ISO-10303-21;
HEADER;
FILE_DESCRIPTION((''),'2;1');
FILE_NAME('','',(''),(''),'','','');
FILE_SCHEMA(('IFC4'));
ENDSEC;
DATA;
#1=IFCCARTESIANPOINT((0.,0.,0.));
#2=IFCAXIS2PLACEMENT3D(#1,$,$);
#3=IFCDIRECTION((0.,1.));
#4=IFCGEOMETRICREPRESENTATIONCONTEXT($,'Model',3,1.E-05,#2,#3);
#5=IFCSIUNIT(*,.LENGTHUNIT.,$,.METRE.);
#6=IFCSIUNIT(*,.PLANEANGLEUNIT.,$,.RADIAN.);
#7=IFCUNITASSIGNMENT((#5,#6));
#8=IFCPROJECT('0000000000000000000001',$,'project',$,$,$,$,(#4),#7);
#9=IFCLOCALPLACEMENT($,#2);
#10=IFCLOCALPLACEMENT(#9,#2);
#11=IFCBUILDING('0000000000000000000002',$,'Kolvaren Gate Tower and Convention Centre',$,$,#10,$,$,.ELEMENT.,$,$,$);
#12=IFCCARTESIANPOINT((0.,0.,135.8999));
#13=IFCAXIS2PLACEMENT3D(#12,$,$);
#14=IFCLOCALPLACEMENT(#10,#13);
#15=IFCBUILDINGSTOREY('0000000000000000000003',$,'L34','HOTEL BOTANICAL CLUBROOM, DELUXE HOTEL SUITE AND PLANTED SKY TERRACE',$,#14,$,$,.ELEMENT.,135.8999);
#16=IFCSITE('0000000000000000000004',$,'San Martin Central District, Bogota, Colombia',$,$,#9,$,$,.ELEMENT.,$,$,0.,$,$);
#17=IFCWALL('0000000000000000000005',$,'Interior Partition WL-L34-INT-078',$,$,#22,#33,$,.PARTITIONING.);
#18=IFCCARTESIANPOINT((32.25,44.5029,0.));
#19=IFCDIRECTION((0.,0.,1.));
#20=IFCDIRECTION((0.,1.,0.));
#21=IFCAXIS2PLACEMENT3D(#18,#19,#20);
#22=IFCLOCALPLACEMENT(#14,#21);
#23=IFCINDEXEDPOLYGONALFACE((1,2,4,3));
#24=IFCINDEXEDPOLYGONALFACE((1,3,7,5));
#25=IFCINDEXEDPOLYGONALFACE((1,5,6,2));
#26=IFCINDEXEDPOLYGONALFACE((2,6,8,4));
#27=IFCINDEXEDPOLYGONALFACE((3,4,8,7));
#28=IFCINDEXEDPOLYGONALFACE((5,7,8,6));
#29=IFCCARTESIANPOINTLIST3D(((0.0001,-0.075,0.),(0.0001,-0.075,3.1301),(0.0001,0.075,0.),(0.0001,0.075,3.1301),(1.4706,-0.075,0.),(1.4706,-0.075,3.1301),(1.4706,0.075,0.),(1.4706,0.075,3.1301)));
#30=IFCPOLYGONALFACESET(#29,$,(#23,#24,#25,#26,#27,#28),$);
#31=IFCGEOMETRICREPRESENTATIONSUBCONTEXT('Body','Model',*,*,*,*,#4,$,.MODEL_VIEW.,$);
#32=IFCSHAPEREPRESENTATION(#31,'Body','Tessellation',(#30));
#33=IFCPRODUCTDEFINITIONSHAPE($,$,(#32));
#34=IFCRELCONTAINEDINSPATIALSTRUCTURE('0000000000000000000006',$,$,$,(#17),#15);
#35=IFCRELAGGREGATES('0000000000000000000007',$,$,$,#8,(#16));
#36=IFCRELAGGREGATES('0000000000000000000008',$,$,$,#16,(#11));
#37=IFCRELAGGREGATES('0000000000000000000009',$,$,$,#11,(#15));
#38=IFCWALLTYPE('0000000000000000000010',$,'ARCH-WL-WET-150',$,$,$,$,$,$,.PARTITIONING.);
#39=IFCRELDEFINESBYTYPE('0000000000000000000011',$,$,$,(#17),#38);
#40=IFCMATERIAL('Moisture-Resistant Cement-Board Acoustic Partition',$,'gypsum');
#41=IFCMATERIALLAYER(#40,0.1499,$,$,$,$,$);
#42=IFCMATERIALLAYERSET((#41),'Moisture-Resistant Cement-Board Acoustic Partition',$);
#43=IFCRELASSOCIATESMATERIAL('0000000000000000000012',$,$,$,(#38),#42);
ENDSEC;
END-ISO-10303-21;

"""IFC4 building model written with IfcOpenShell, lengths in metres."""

from ifc_helpers import new_model, si_unit, direction, frame, frame_2d, origin, place, context, subcontext, project, spatial, rectangle, extrude, material, layer, layer_set, type_object, element, save


model = new_model("IFC4")

# Units and contexts
model_context = context("Model", 3, precision=1e-05, world=origin(), true_north=direction((0.0, 1.0)))
body_context = subcontext(model_context, "Body", "Model", "MODEL_VIEW")
ifc_project = project(units=[si_unit("LENGTHUNIT", "METRE"), si_unit("PLANEANGLEUNIT", "RADIAN")], contexts=[model_context])

# Site, building, storey
site_placement = place(None, origin())
site = spatial("IfcSite", under=ifc_project, at=site_placement, Name="San Martin Central District, Bogota, Colombia", CompositionType="ELEMENT", RefElevation=0.0)
building_placement = place(site_placement, origin())
building = spatial("IfcBuilding", under=site, at=building_placement, Name="Kolvaren Gate Tower and Convention Centre", CompositionType="ELEMENT")
storey_placement = place(building_placement, frame((0.0, 0.0, 135.8999)))
storey = spatial("IfcBuildingStorey", under=building, at=storey_placement, Name="L34", Description="HOTEL BOTANICAL CLUBROOM, DELUXE HOTEL SUITE AND PLANTED SKY TERRACE", CompositionType="ELEMENT", Elevation=135.8999)

# Shared definitions
ifc_material_1 = material(Name="Moisture-Resistant Cement-Board Acoustic Partition", Category="gypsum")
ifc_layer_1 = layer(ifc_material_1, 0.1499)
ifc_layer_set_1 = layer_set([ifc_layer_1], Name="Moisture-Resistant Cement-Board Acoustic Partition")
wall_type_1 = type_object("IfcWallType", Name="ARCH-WL-WET-150", PredefinedType="PARTITIONING", material=ifc_layer_set_1)

# Wall
wall_1_placement = place(storey_placement, frame((32.25, 44.5029, 0.0), z_axis=(0.0, 0.0, 1.0), x_axis=(0.0, 1.0, 0.0)))
element("IfcWall", 1, at=wall_1_placement, inside=storey, type_object=wall_type_1, Name="Interior Partition WL-L34-INT-078", PredefinedType="PARTITIONING", context=body_context, shape_type="SweptSolid", body=[
    extrude(rectangle(XDim=1.4705, YDim=0.1499, at=frame_2d((0.7354, 0.0))), origin(), (0.0, 0.0, 1.0), 3.1301),
])

save(model, "model.ifc")
